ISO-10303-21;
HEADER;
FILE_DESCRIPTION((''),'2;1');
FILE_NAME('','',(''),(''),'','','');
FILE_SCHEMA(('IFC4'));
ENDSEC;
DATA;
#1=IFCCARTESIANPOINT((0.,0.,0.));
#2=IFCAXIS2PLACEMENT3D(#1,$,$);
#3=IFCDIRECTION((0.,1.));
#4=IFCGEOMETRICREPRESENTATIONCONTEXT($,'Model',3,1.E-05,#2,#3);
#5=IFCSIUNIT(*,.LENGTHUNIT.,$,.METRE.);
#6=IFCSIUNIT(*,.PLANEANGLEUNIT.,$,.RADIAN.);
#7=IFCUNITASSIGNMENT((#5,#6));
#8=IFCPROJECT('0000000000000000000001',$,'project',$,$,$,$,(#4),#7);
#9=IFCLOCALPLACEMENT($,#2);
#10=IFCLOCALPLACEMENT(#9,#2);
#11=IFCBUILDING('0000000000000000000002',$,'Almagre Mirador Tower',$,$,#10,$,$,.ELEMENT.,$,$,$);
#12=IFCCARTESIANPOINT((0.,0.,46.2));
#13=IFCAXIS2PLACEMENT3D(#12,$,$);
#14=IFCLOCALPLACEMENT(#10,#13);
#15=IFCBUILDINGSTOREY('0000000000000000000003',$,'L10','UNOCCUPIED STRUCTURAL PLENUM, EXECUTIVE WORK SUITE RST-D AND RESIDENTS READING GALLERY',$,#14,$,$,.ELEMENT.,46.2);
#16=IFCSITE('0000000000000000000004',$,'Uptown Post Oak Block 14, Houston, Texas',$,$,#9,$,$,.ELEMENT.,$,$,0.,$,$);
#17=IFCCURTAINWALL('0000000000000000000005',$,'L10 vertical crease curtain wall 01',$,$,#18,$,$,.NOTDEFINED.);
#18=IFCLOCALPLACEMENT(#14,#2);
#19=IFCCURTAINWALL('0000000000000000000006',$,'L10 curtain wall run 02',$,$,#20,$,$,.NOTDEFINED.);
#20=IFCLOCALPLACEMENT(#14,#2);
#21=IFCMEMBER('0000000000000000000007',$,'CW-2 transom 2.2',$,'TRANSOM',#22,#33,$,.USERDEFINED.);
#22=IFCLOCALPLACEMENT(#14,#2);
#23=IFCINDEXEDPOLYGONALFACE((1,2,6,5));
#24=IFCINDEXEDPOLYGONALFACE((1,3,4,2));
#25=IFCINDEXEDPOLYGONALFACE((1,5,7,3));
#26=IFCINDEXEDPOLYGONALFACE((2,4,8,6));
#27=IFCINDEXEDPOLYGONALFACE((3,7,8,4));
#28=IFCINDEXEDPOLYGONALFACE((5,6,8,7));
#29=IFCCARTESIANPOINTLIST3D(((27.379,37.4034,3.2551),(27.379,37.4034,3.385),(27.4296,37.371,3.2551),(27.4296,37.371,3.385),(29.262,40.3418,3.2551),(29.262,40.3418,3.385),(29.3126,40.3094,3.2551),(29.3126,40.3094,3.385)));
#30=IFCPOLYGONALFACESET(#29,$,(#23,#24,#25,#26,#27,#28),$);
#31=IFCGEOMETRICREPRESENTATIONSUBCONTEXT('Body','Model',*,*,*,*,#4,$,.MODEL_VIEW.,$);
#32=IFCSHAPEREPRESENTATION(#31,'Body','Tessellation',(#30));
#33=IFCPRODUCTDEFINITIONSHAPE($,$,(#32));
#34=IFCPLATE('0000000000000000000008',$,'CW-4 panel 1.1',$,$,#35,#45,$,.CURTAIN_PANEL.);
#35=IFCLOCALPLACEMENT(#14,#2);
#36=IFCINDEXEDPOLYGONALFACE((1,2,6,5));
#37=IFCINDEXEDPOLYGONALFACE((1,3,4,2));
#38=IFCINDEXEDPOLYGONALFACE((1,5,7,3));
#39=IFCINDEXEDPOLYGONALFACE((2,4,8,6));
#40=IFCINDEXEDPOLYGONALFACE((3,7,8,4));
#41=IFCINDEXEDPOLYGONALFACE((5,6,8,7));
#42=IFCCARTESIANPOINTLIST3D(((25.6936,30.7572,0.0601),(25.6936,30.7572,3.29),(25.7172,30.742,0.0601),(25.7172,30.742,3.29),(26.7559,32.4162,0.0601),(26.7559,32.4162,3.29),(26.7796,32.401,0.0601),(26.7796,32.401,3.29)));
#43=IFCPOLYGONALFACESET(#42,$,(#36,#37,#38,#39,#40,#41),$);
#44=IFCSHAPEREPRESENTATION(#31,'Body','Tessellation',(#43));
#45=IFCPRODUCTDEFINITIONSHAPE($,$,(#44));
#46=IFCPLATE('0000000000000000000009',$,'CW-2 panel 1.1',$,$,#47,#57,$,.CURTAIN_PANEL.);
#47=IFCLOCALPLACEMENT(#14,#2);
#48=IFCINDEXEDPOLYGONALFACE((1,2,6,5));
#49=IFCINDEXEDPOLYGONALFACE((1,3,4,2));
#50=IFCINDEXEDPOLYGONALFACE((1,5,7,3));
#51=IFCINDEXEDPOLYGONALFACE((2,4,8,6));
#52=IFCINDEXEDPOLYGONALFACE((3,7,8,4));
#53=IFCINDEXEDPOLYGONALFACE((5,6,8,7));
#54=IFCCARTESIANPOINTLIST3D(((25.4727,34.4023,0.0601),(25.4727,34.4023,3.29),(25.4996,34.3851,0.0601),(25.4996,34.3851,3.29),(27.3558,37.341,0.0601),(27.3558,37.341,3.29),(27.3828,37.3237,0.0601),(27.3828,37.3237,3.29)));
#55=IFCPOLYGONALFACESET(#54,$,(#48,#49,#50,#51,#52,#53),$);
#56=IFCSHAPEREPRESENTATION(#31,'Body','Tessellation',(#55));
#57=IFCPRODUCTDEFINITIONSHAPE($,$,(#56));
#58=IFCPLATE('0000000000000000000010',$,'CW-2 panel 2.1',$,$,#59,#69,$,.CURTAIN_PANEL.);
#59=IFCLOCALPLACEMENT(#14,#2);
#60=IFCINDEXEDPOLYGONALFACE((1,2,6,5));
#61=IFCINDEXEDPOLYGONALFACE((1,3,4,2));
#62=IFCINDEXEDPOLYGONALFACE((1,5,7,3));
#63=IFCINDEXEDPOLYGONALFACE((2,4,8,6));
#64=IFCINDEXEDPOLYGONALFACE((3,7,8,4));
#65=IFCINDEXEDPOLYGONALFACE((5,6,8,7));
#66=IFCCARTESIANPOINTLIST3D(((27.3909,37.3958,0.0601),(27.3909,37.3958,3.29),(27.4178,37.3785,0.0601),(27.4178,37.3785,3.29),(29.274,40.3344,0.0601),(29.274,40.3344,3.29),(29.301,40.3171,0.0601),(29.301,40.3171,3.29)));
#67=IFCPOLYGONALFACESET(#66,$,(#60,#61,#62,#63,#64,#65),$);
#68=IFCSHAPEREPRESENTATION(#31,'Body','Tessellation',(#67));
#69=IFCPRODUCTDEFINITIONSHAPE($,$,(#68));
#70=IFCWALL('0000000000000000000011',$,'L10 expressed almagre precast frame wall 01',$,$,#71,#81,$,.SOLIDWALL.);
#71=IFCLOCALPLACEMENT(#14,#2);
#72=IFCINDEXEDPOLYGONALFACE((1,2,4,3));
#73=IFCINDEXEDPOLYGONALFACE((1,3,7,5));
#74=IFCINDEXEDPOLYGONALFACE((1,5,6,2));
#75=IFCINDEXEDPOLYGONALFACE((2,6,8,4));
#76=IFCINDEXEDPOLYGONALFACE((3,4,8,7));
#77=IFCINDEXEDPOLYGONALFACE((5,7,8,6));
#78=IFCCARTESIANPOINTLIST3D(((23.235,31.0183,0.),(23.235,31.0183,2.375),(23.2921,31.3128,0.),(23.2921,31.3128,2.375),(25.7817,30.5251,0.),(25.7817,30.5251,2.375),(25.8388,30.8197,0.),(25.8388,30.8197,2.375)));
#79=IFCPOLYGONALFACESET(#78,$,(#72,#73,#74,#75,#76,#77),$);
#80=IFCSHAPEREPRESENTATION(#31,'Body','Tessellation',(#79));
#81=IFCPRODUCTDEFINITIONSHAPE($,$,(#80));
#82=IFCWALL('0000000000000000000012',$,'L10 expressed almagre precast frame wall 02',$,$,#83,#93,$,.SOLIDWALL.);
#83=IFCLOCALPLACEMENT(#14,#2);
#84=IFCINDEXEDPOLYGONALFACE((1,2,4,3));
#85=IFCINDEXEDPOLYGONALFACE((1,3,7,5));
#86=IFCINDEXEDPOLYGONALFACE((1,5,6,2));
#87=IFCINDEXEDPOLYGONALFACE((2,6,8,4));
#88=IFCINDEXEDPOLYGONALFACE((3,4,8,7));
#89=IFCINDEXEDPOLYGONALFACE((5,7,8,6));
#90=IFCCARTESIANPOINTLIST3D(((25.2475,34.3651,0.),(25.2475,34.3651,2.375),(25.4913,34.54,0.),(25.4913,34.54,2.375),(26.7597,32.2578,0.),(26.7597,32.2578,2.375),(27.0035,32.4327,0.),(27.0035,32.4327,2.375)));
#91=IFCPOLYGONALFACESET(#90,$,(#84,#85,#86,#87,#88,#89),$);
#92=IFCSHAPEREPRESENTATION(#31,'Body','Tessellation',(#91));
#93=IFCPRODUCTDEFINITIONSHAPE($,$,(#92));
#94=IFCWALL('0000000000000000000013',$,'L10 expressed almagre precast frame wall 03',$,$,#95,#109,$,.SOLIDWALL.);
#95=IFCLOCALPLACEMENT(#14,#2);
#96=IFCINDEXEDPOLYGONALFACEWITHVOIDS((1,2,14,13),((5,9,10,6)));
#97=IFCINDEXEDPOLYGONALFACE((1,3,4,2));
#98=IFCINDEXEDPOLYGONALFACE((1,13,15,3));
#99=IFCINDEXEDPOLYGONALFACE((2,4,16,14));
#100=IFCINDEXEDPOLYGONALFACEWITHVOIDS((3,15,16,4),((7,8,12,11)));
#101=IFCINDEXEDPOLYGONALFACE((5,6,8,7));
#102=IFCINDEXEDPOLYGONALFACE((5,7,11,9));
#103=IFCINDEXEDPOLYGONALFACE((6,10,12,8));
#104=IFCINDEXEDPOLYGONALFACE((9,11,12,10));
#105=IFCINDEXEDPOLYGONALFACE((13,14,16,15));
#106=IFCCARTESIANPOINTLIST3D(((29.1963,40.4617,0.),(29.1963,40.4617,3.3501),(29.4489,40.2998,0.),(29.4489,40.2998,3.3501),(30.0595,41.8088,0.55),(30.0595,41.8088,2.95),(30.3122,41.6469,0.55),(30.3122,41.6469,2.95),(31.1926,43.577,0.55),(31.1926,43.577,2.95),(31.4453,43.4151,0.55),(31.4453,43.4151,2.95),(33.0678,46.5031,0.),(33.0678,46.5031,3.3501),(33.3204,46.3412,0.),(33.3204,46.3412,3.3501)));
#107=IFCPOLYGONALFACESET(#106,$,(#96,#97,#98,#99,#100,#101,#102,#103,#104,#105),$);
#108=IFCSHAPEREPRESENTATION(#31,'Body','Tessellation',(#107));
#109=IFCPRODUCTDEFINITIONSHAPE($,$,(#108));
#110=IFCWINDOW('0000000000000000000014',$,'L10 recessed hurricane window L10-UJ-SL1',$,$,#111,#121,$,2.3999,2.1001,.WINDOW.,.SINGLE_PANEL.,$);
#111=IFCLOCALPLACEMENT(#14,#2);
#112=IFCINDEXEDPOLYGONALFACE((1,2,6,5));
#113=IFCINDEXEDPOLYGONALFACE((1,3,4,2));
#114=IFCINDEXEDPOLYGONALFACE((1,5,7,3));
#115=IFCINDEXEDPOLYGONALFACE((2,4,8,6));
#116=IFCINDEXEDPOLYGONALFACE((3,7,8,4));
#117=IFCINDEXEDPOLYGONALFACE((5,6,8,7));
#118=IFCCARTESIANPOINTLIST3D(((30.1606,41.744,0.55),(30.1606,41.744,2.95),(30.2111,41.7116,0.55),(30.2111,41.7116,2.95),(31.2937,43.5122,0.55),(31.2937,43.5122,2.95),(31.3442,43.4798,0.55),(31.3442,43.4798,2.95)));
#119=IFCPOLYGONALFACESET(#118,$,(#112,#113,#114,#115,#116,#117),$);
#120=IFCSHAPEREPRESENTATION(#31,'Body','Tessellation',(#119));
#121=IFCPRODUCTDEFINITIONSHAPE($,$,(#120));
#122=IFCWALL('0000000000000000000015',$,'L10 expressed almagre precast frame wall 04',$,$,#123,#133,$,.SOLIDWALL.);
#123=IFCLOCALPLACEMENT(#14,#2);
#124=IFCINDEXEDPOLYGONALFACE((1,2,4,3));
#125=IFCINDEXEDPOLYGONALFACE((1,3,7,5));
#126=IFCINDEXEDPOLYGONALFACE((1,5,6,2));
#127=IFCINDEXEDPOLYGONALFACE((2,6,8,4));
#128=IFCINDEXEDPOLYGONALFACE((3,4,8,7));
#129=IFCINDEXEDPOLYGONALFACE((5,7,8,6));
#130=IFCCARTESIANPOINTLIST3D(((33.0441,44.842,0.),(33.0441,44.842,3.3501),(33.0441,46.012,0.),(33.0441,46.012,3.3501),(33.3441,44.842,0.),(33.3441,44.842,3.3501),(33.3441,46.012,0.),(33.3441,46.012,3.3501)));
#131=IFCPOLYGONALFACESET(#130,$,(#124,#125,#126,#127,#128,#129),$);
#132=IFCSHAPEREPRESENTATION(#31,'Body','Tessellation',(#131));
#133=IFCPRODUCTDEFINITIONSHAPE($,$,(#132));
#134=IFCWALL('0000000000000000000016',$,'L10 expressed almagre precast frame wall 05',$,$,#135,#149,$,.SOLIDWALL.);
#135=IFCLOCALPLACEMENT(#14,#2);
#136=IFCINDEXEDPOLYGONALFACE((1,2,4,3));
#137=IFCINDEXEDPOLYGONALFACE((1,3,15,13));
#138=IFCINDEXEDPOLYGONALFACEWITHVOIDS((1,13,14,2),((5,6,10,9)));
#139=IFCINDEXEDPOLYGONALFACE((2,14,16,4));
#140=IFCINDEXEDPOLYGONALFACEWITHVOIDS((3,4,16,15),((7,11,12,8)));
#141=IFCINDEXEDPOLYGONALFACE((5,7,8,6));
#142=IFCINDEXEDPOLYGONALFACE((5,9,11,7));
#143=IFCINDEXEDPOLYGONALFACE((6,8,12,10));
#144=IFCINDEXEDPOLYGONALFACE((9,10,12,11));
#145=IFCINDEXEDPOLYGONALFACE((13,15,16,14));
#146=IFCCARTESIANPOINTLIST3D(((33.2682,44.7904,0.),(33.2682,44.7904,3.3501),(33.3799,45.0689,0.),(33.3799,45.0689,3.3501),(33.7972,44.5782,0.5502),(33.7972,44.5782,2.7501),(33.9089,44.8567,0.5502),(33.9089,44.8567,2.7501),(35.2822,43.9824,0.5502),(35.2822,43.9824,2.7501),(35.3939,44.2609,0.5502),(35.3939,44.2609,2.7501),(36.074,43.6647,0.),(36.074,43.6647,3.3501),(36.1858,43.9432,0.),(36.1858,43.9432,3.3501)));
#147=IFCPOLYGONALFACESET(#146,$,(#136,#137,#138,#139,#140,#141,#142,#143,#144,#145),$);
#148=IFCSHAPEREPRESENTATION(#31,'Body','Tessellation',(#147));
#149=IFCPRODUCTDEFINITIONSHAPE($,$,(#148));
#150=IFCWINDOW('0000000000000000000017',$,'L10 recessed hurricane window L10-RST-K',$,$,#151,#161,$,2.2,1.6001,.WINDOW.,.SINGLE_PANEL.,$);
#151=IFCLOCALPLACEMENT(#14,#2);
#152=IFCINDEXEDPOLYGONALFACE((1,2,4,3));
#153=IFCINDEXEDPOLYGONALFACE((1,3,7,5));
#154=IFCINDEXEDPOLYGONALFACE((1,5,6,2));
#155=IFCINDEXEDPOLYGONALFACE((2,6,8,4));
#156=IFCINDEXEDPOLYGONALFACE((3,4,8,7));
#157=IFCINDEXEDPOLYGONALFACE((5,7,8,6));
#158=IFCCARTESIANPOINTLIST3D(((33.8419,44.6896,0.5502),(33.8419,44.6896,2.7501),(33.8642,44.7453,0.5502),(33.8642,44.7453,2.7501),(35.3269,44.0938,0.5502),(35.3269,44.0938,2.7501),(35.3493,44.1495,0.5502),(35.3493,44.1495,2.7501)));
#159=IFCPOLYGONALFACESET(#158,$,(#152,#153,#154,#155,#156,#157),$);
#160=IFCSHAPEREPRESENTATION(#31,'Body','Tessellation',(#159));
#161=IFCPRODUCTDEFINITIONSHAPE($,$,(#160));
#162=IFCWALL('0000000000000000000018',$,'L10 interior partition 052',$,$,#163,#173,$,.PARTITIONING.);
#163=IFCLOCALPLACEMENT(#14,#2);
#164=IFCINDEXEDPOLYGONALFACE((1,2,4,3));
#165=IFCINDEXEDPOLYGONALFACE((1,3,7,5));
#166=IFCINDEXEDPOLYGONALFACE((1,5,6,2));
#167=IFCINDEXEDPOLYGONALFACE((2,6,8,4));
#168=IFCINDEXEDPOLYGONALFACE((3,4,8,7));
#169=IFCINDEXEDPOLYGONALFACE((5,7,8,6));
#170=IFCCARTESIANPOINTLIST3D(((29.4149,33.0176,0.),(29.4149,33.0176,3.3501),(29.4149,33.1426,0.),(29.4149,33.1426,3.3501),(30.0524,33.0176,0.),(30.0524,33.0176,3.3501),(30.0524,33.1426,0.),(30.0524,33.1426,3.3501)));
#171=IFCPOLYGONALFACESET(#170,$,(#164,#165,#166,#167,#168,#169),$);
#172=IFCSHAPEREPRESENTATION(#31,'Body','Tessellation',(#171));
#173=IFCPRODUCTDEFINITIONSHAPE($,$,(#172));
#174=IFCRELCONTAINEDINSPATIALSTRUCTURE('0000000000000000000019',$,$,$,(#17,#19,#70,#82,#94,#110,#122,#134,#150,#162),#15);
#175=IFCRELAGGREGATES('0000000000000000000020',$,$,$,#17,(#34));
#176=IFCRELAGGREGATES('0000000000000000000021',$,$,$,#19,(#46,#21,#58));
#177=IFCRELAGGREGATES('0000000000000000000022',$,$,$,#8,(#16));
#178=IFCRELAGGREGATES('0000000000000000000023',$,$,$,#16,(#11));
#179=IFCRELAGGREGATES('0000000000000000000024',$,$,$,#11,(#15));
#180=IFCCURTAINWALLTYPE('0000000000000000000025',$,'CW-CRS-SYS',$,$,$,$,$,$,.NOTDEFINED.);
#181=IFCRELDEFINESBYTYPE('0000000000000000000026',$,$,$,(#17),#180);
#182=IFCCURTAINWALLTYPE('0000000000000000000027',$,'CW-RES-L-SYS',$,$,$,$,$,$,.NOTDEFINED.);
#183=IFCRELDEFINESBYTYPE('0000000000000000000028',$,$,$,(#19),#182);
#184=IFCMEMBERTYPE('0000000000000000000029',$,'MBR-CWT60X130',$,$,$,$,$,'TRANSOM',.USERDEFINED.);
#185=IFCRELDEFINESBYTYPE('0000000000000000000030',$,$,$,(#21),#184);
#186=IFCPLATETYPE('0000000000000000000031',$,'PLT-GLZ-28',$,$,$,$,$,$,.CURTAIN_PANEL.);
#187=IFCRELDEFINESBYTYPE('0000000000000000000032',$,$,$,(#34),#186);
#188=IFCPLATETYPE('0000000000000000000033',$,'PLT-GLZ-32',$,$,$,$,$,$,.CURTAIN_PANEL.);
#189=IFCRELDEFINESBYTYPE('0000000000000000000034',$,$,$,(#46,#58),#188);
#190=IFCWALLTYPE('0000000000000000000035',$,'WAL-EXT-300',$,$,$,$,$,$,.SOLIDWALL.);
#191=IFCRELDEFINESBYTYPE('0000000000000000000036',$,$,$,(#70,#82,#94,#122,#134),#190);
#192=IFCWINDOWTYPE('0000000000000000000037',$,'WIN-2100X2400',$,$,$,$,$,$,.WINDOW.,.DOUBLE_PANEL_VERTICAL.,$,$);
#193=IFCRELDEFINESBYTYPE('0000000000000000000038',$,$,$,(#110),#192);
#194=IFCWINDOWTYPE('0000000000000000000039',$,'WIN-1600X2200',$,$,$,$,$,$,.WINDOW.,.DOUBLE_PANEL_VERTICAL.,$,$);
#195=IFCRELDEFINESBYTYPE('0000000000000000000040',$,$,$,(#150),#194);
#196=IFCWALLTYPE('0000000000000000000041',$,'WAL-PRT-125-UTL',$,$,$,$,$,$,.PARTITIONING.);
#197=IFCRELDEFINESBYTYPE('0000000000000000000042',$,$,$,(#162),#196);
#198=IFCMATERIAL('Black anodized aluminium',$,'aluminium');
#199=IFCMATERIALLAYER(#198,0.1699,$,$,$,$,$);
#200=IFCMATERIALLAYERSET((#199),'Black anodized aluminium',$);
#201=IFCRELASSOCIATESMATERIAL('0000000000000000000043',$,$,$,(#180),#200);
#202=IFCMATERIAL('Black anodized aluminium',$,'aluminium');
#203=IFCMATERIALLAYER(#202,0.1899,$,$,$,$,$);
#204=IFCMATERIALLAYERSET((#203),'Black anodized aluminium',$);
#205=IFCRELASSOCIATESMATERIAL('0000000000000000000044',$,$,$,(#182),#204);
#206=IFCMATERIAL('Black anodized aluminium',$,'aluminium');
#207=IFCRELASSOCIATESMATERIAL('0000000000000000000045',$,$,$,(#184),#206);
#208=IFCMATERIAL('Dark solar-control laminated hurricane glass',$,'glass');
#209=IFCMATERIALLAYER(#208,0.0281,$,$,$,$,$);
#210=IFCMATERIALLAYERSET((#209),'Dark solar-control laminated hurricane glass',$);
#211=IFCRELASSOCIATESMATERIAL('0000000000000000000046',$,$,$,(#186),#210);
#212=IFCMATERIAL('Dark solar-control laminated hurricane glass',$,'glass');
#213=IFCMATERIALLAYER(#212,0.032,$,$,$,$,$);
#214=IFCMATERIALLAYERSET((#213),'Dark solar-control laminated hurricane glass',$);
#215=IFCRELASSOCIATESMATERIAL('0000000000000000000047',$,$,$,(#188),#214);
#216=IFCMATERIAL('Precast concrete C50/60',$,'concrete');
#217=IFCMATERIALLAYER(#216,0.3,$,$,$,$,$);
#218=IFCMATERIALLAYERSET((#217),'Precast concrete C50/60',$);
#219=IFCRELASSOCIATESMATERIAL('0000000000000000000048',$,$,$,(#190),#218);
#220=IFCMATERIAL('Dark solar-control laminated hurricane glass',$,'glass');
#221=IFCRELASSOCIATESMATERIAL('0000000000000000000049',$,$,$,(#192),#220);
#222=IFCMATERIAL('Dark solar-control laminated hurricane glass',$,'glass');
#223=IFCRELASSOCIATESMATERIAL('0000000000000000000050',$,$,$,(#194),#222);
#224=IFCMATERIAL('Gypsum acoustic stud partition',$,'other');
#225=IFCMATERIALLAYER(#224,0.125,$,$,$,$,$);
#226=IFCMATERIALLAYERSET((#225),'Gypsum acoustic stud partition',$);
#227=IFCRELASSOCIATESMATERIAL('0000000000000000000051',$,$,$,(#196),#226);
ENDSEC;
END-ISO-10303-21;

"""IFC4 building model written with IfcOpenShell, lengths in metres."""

from ifc_helpers import new_model, si_unit, direction, frame, frame_2d, origin, origin_2d, place, context, subcontext, project, spatial, rectangle, extrude, material, layer, layer_set, material_profile, profile_set, type_object, element, fill, aggregate, save


model = new_model("IFC4")

# Units and contexts
model_context = context("Model", 3, precision=1e-05, world=origin(), true_north=direction((0.0, 1.0)))
body_context = subcontext(model_context, "Body", "Model", "MODEL_VIEW")
ifc_project = project(units=[si_unit("LENGTHUNIT", "METRE"), si_unit("PLANEANGLEUNIT", "RADIAN")], contexts=[model_context])

# Site, building, storey
site_placement = place(None, origin())
site = spatial("IfcSite", under=ifc_project, at=site_placement, Name="Uptown Post Oak Block 14, Houston, Texas", CompositionType="ELEMENT", RefElevation=0.0)
building_placement = place(site_placement, origin())
building = spatial("IfcBuilding", under=site, at=building_placement, Name="Almagre Mirador Tower", CompositionType="ELEMENT")
storey_placement = place(building_placement, frame((0.0, 0.0, 46.2)))
storey = spatial("IfcBuildingStorey", under=building, at=storey_placement, Name="L10", Description="UNOCCUPIED STRUCTURAL PLENUM, EXECUTIVE WORK SUITE RST-D AND RESIDENTS READING GALLERY", CompositionType="ELEMENT", Elevation=46.2)

# Curtain walls
ifc_material_1 = material(Name="Black anodized aluminium", Category="aluminium")
ifc_layer_1 = layer(ifc_material_1, 0.1699)
ifc_layer_set_1 = layer_set([ifc_layer_1], Name="Black anodized aluminium")
curtain_wall_type_1 = type_object("IfcCurtainWallType", Name="CW-CRS-SYS", PredefinedType="NOTDEFINED", material=ifc_layer_set_1)
curtain_wall_1_placement = place(storey_placement, origin())
curtain_wall_1 = element("IfcCurtainWall", 1, at=curtain_wall_1_placement, inside=storey, type_object=curtain_wall_type_1, Name="L10 vertical crease curtain wall 01", PredefinedType="NOTDEFINED")
ifc_material_2 = material(Name="Black anodized aluminium", Category="aluminium")
ifc_layer_2 = layer(ifc_material_2, 0.1899)
ifc_layer_set_2 = layer_set([ifc_layer_2], Name="Black anodized aluminium")
curtain_wall_type_2 = type_object("IfcCurtainWallType", Name="CW-RES-L-SYS", PredefinedType="NOTDEFINED", material=ifc_layer_set_2)
curtain_wall_2_placement = place(storey_placement, origin())
curtain_wall_2 = element("IfcCurtainWall", 2, at=curtain_wall_2_placement, inside=storey, type_object=curtain_wall_type_2, Name="L10 curtain wall run 02", PredefinedType="NOTDEFINED")

# Member
ifc_material_3 = material(Name="Black anodized aluminium", Category="aluminium")
ifc_material_profile_1 = material_profile(ifc_material_3, rectangle(XDim=0.0601, YDim=0.1299, at=origin_2d()), Name="CWT60X130")
ifc_profile_set_1 = profile_set([ifc_material_profile_1], Name="Black anodized aluminium")
member_type_1 = type_object("IfcMemberType", Name="MBR-CWT60X130", ElementType="TRANSOM", PredefinedType="USERDEFINED", material=ifc_profile_set_1)
member_1_placement = place(storey_placement, frame((27.4043, 37.3872, 3.3201), z_axis=(0.539548, 0.841955, 0.0), x_axis=(-0.841955, 0.539548, 0.0)))
member_1 = element("IfcMember", 3, at=member_1_placement, type_object=member_type_1, Name="CW-2 transom 2.2", ObjectType="TRANSOM", PredefinedType="USERDEFINED", context=body_context, shape_type="SweptSolid", body=[
    extrude(rectangle(XDim=0.0601, YDim=0.1299, at=origin_2d()), origin(), (0.0, 0.0, 1.0), 3.49),
])

# Plates
ifc_material_4 = material(Name="Dark solar-control laminated hurricane glass", Category="glass")
ifc_layer_3 = layer(ifc_material_4, 0.0281)
ifc_layer_set_3 = layer_set([ifc_layer_3], Name="Dark solar-control laminated hurricane glass")
plate_type_1 = type_object("IfcPlateType", Name="PLT-GLZ-28", PredefinedType="CURTAIN_PANEL", material=ifc_layer_set_3)
plate_1_placement = place(storey_placement, frame((26.2366, 31.5791, 0.0601), z_axis=(0.0, 0.0, 1.0), x_axis=(0.539257, 0.842141, 0.0)))
plate_1 = element("IfcPlate", 4, at=plate_1_placement, type_object=plate_type_1, Name="CW-4 panel 1.1", PredefinedType="CURTAIN_PANEL", context=body_context, shape_type="SweptSolid", body=[
    extrude(rectangle(XDim=1.97, YDim=0.0281, at=origin_2d()), origin(), (0.0, 0.0, 1.0), 3.23),
])
aggregate(curtain_wall_1, [plate_1])
ifc_material_5 = material(Name="Dark solar-control laminated hurricane glass", Category="glass")
ifc_layer_4 = layer(ifc_material_5, 0.032)
ifc_layer_set_4 = layer_set([ifc_layer_4], Name="Dark solar-control laminated hurricane glass")
plate_type_2 = type_object("IfcPlateType", Name="PLT-GLZ-32", PredefinedType="CURTAIN_PANEL", material=ifc_layer_set_4)
plate_2_placement = place(storey_placement, frame((26.4277, 35.863, 0.0601), z_axis=(0.0, 0.0, 1.0), x_axis=(0.539542, 0.841959, 0.0)))
plate_2 = element("IfcPlate", 5, at=plate_2_placement, type_object=plate_type_2, Name="CW-2 panel 1.1", PredefinedType="CURTAIN_PANEL", context=body_context, shape_type="SweptSolid", body=[
    extrude(rectangle(XDim=3.4902, YDim=0.032, at=origin_2d()), origin(), (0.0, 0.0, 1.0), 3.23),
])
plate_3_placement = place(storey_placement, frame((28.3459, 38.8564, 0.0601), z_axis=(0.0, 0.0, 1.0), x_axis=(0.539542, 0.841959, 0.0)))
plate_3 = element("IfcPlate", 6, at=plate_3_placement, type_object=plate_type_2, Name="CW-2 panel 2.1", PredefinedType="CURTAIN_PANEL", context=body_context, shape_type="SweptSolid", body=[
    extrude(rectangle(XDim=3.4902, YDim=0.032, at=origin_2d()), origin(), (0.0, 0.0, 1.0), 3.23),
])
aggregate(curtain_wall_2, [plate_2, member_1, plate_3])

# Walls
ifc_material_6 = material(Name="Precast concrete C50/60", Category="concrete")
ifc_layer_5 = layer(ifc_material_6, 0.3)
ifc_layer_set_5 = layer_set([ifc_layer_5], Name="Precast concrete C50/60")
wall_type_1 = type_object("IfcWallType", Name="WAL-EXT-300", PredefinedType="SOLIDWALL", material=ifc_layer_set_5)
wall_1_placement = place(storey_placement, frame((23.2637, 31.1655, 0.0), z_axis=(0.0, 0.0, 1.0), x_axis=(0.981761, -0.190121, 0.0)))
element("IfcWall", 7, at=wall_1_placement, inside=storey, type_object=wall_type_1, Name="L10 expressed almagre precast frame wall 01", PredefinedType="SOLIDWALL", context=body_context, shape_type="SweptSolid", body=[
    extrude(rectangle(XDim=2.594, YDim=0.3, at=frame_2d((1.2969, 0.0))), origin(), (0.0, 0.0, 1.0), 2.375),
])
wall_2_placement = place(storey_placement, frame((26.8816, 32.3452, 0.0), z_axis=(0.0, 0.0, 1.0), x_axis=(-0.583, 0.812472, 0.0)))
element("IfcWall", 8, at=wall_2_placement, inside=storey, type_object=wall_type_1, Name="L10 expressed almagre precast frame wall 02", PredefinedType="SOLIDWALL", context=body_context, shape_type="SweptSolid", body=[
    extrude(rectangle(XDim=2.5938, YDim=0.3, at=frame_2d((1.2969, 0.0))), origin(), (0.0, 0.0, 1.0), 2.375),
])

# Wall, opening, window
wall_3_placement = place(storey_placement, frame((29.3225, 40.3806, 0.0), z_axis=(0.0, 0.0, 1.0), x_axis=(0.53955, 0.841954, 0.0)))
wall_3 = element("IfcWall", 9, at=wall_3_placement, inside=storey, type_object=wall_type_1, Name="L10 expressed almagre precast frame wall 03", PredefinedType="SOLIDWALL", context=body_context, shape_type="SweptSolid", body=[
    extrude(rectangle(XDim=7.1755, YDim=0.3, at=frame_2d((3.5879, 0.0))), origin(), (0.0, 0.0, 1.0), 3.3501),
])
opening_1_placement = place(wall_3_placement, frame((1.6001, 0.0, 0.55)))
opening_1 = element("IfcOpeningElement", 10, at=opening_1_placement, cuts=wall_3, PredefinedType="OPENING", context=body_context, shape_type="SweptSolid", body=[
    extrude(rectangle(XDim=2.1001, YDim=2.3999, at=frame_2d((1.05, 1.2))), frame((0.0, 0.1599, 0.0), z_axis=(0.0, -1.0, 0.0), x_axis=(1.0, 0.0, 0.0)), (0.0, 0.0, 1.0), 0.32),
])
ifc_material_7 = material(Name="Dark solar-control laminated hurricane glass", Category="glass")
window_type_1 = type_object("IfcWindowType", Name="WIN-2100X2400", PartitioningType="DOUBLE_PANEL_VERTICAL", PredefinedType="WINDOW", material=ifc_material_7)
window_1_placement = place(opening_1_placement, origin())
window_1 = element("IfcWindow", 11, at=window_1_placement, inside=storey, type_object=window_type_1, Name="L10 recessed hurricane window L10-UJ-SL1", OverallHeight=2.3999, OverallWidth=2.1001, PartitioningType="SINGLE_PANEL", PredefinedType="WINDOW", context=body_context, shape_type="SweptSolid", body=[
    extrude(rectangle(XDim=2.1001, YDim=2.3999, at=frame_2d((1.05, 1.2))), frame((0.0, 0.03, 0.0), z_axis=(0.0, -1.0, 0.0), x_axis=(1.0, 0.0, 0.0)), (0.0, 0.0, 1.0), 0.0601),
])
fill(opening_1, window_1)

# Wall
wall_4_placement = place(storey_placement, frame((33.1941, 46.012, 0.0), z_axis=(0.0, 0.0, 1.0), x_axis=(0.0, -1.0, 0.0)))
element("IfcWall", 12, at=wall_4_placement, inside=storey, type_object=wall_type_1, Name="L10 expressed almagre precast frame wall 04", PredefinedType="SOLIDWALL", context=body_context, shape_type="SweptSolid", body=[
    extrude(rectangle(XDim=1.1699, YDim=0.3, at=frame_2d((0.585, 0.0))), origin(), (0.0, 0.0, 1.0), 3.3501),
])

# Wall, opening, window
wall_5_placement = place(storey_placement, frame((33.324, 44.9297, 0.0), z_axis=(0.0, 0.0, 1.0), x_axis=(0.928092, -0.372351, 0.0)))
wall_5 = element("IfcWall", 13, at=wall_5_placement, inside=storey, type_object=wall_type_1, Name="L10 expressed almagre precast frame wall 05", PredefinedType="SOLIDWALL", context=body_context, shape_type="SweptSolid", body=[
    extrude(rectangle(XDim=3.0232, YDim=0.3, at=frame_2d((1.5117, 0.0))), origin(), (0.0, 0.0, 1.0), 3.3501),
])
opening_2_placement = place(wall_5_placement, frame((0.5701, 0.0, 0.55)))
opening_2 = element("IfcOpeningElement", 14, at=opening_2_placement, cuts=wall_5, PredefinedType="OPENING", context=body_context, shape_type="SweptSolid", body=[
    extrude(rectangle(XDim=1.6001, YDim=2.2, at=frame_2d((0.8, 1.1001))), frame((0.0, 0.1599, 0.0), z_axis=(0.0, -1.0, 0.0), x_axis=(1.0, 0.0, 0.0)), (0.0, 0.0, 1.0), 0.32),
])
ifc_material_8 = material(Name="Dark solar-control laminated hurricane glass", Category="glass")
window_type_2 = type_object("IfcWindowType", Name="WIN-1600X2200", PartitioningType="DOUBLE_PANEL_VERTICAL", PredefinedType="WINDOW", material=ifc_material_8)
window_2_placement = place(opening_2_placement, origin())
window_2 = element("IfcWindow", 15, at=window_2_placement, inside=storey, type_object=window_type_2, Name="L10 recessed hurricane window L10-RST-K", OverallHeight=2.2, OverallWidth=1.6001, PartitioningType="SINGLE_PANEL", PredefinedType="WINDOW", context=body_context, shape_type="SweptSolid", body=[
    extrude(rectangle(XDim=1.6001, YDim=2.2, at=frame_2d((0.8, 1.1001))), frame((0.0, 0.03, 0.0), z_axis=(0.0, -1.0, 0.0), x_axis=(1.0, 0.0, 0.0)), (0.0, 0.0, 1.0), 0.0601),
])
fill(opening_2, window_2)

# Wall
ifc_material_9 = material(Name="Gypsum acoustic stud partition", Category="other")
ifc_layer_6 = layer(ifc_material_9, 0.125)
ifc_layer_set_6 = layer_set([ifc_layer_6], Name="Gypsum acoustic stud partition")
wall_type_2 = type_object("IfcWallType", Name="WAL-PRT-125-UTL", PredefinedType="PARTITIONING", material=ifc_layer_set_6)
wall_6_placement = place(storey_placement, frame((30.0525, 33.0801, 0.0), z_axis=(0.0, 0.0, 1.0), x_axis=(-1.0, 0.0, 0.0)))
element("IfcWall", 16, at=wall_6_placement, inside=storey, type_object=wall_type_2, Name="L10 interior partition 052", PredefinedType="PARTITIONING", context=body_context, shape_type="SweptSolid", body=[
    extrude(rectangle(XDim=0.6375, YDim=0.125, at=frame_2d((0.3188, 0.0))), origin(), (0.0, 0.0, 1.0), 3.3501),
])

save(model, "model.ifc")
